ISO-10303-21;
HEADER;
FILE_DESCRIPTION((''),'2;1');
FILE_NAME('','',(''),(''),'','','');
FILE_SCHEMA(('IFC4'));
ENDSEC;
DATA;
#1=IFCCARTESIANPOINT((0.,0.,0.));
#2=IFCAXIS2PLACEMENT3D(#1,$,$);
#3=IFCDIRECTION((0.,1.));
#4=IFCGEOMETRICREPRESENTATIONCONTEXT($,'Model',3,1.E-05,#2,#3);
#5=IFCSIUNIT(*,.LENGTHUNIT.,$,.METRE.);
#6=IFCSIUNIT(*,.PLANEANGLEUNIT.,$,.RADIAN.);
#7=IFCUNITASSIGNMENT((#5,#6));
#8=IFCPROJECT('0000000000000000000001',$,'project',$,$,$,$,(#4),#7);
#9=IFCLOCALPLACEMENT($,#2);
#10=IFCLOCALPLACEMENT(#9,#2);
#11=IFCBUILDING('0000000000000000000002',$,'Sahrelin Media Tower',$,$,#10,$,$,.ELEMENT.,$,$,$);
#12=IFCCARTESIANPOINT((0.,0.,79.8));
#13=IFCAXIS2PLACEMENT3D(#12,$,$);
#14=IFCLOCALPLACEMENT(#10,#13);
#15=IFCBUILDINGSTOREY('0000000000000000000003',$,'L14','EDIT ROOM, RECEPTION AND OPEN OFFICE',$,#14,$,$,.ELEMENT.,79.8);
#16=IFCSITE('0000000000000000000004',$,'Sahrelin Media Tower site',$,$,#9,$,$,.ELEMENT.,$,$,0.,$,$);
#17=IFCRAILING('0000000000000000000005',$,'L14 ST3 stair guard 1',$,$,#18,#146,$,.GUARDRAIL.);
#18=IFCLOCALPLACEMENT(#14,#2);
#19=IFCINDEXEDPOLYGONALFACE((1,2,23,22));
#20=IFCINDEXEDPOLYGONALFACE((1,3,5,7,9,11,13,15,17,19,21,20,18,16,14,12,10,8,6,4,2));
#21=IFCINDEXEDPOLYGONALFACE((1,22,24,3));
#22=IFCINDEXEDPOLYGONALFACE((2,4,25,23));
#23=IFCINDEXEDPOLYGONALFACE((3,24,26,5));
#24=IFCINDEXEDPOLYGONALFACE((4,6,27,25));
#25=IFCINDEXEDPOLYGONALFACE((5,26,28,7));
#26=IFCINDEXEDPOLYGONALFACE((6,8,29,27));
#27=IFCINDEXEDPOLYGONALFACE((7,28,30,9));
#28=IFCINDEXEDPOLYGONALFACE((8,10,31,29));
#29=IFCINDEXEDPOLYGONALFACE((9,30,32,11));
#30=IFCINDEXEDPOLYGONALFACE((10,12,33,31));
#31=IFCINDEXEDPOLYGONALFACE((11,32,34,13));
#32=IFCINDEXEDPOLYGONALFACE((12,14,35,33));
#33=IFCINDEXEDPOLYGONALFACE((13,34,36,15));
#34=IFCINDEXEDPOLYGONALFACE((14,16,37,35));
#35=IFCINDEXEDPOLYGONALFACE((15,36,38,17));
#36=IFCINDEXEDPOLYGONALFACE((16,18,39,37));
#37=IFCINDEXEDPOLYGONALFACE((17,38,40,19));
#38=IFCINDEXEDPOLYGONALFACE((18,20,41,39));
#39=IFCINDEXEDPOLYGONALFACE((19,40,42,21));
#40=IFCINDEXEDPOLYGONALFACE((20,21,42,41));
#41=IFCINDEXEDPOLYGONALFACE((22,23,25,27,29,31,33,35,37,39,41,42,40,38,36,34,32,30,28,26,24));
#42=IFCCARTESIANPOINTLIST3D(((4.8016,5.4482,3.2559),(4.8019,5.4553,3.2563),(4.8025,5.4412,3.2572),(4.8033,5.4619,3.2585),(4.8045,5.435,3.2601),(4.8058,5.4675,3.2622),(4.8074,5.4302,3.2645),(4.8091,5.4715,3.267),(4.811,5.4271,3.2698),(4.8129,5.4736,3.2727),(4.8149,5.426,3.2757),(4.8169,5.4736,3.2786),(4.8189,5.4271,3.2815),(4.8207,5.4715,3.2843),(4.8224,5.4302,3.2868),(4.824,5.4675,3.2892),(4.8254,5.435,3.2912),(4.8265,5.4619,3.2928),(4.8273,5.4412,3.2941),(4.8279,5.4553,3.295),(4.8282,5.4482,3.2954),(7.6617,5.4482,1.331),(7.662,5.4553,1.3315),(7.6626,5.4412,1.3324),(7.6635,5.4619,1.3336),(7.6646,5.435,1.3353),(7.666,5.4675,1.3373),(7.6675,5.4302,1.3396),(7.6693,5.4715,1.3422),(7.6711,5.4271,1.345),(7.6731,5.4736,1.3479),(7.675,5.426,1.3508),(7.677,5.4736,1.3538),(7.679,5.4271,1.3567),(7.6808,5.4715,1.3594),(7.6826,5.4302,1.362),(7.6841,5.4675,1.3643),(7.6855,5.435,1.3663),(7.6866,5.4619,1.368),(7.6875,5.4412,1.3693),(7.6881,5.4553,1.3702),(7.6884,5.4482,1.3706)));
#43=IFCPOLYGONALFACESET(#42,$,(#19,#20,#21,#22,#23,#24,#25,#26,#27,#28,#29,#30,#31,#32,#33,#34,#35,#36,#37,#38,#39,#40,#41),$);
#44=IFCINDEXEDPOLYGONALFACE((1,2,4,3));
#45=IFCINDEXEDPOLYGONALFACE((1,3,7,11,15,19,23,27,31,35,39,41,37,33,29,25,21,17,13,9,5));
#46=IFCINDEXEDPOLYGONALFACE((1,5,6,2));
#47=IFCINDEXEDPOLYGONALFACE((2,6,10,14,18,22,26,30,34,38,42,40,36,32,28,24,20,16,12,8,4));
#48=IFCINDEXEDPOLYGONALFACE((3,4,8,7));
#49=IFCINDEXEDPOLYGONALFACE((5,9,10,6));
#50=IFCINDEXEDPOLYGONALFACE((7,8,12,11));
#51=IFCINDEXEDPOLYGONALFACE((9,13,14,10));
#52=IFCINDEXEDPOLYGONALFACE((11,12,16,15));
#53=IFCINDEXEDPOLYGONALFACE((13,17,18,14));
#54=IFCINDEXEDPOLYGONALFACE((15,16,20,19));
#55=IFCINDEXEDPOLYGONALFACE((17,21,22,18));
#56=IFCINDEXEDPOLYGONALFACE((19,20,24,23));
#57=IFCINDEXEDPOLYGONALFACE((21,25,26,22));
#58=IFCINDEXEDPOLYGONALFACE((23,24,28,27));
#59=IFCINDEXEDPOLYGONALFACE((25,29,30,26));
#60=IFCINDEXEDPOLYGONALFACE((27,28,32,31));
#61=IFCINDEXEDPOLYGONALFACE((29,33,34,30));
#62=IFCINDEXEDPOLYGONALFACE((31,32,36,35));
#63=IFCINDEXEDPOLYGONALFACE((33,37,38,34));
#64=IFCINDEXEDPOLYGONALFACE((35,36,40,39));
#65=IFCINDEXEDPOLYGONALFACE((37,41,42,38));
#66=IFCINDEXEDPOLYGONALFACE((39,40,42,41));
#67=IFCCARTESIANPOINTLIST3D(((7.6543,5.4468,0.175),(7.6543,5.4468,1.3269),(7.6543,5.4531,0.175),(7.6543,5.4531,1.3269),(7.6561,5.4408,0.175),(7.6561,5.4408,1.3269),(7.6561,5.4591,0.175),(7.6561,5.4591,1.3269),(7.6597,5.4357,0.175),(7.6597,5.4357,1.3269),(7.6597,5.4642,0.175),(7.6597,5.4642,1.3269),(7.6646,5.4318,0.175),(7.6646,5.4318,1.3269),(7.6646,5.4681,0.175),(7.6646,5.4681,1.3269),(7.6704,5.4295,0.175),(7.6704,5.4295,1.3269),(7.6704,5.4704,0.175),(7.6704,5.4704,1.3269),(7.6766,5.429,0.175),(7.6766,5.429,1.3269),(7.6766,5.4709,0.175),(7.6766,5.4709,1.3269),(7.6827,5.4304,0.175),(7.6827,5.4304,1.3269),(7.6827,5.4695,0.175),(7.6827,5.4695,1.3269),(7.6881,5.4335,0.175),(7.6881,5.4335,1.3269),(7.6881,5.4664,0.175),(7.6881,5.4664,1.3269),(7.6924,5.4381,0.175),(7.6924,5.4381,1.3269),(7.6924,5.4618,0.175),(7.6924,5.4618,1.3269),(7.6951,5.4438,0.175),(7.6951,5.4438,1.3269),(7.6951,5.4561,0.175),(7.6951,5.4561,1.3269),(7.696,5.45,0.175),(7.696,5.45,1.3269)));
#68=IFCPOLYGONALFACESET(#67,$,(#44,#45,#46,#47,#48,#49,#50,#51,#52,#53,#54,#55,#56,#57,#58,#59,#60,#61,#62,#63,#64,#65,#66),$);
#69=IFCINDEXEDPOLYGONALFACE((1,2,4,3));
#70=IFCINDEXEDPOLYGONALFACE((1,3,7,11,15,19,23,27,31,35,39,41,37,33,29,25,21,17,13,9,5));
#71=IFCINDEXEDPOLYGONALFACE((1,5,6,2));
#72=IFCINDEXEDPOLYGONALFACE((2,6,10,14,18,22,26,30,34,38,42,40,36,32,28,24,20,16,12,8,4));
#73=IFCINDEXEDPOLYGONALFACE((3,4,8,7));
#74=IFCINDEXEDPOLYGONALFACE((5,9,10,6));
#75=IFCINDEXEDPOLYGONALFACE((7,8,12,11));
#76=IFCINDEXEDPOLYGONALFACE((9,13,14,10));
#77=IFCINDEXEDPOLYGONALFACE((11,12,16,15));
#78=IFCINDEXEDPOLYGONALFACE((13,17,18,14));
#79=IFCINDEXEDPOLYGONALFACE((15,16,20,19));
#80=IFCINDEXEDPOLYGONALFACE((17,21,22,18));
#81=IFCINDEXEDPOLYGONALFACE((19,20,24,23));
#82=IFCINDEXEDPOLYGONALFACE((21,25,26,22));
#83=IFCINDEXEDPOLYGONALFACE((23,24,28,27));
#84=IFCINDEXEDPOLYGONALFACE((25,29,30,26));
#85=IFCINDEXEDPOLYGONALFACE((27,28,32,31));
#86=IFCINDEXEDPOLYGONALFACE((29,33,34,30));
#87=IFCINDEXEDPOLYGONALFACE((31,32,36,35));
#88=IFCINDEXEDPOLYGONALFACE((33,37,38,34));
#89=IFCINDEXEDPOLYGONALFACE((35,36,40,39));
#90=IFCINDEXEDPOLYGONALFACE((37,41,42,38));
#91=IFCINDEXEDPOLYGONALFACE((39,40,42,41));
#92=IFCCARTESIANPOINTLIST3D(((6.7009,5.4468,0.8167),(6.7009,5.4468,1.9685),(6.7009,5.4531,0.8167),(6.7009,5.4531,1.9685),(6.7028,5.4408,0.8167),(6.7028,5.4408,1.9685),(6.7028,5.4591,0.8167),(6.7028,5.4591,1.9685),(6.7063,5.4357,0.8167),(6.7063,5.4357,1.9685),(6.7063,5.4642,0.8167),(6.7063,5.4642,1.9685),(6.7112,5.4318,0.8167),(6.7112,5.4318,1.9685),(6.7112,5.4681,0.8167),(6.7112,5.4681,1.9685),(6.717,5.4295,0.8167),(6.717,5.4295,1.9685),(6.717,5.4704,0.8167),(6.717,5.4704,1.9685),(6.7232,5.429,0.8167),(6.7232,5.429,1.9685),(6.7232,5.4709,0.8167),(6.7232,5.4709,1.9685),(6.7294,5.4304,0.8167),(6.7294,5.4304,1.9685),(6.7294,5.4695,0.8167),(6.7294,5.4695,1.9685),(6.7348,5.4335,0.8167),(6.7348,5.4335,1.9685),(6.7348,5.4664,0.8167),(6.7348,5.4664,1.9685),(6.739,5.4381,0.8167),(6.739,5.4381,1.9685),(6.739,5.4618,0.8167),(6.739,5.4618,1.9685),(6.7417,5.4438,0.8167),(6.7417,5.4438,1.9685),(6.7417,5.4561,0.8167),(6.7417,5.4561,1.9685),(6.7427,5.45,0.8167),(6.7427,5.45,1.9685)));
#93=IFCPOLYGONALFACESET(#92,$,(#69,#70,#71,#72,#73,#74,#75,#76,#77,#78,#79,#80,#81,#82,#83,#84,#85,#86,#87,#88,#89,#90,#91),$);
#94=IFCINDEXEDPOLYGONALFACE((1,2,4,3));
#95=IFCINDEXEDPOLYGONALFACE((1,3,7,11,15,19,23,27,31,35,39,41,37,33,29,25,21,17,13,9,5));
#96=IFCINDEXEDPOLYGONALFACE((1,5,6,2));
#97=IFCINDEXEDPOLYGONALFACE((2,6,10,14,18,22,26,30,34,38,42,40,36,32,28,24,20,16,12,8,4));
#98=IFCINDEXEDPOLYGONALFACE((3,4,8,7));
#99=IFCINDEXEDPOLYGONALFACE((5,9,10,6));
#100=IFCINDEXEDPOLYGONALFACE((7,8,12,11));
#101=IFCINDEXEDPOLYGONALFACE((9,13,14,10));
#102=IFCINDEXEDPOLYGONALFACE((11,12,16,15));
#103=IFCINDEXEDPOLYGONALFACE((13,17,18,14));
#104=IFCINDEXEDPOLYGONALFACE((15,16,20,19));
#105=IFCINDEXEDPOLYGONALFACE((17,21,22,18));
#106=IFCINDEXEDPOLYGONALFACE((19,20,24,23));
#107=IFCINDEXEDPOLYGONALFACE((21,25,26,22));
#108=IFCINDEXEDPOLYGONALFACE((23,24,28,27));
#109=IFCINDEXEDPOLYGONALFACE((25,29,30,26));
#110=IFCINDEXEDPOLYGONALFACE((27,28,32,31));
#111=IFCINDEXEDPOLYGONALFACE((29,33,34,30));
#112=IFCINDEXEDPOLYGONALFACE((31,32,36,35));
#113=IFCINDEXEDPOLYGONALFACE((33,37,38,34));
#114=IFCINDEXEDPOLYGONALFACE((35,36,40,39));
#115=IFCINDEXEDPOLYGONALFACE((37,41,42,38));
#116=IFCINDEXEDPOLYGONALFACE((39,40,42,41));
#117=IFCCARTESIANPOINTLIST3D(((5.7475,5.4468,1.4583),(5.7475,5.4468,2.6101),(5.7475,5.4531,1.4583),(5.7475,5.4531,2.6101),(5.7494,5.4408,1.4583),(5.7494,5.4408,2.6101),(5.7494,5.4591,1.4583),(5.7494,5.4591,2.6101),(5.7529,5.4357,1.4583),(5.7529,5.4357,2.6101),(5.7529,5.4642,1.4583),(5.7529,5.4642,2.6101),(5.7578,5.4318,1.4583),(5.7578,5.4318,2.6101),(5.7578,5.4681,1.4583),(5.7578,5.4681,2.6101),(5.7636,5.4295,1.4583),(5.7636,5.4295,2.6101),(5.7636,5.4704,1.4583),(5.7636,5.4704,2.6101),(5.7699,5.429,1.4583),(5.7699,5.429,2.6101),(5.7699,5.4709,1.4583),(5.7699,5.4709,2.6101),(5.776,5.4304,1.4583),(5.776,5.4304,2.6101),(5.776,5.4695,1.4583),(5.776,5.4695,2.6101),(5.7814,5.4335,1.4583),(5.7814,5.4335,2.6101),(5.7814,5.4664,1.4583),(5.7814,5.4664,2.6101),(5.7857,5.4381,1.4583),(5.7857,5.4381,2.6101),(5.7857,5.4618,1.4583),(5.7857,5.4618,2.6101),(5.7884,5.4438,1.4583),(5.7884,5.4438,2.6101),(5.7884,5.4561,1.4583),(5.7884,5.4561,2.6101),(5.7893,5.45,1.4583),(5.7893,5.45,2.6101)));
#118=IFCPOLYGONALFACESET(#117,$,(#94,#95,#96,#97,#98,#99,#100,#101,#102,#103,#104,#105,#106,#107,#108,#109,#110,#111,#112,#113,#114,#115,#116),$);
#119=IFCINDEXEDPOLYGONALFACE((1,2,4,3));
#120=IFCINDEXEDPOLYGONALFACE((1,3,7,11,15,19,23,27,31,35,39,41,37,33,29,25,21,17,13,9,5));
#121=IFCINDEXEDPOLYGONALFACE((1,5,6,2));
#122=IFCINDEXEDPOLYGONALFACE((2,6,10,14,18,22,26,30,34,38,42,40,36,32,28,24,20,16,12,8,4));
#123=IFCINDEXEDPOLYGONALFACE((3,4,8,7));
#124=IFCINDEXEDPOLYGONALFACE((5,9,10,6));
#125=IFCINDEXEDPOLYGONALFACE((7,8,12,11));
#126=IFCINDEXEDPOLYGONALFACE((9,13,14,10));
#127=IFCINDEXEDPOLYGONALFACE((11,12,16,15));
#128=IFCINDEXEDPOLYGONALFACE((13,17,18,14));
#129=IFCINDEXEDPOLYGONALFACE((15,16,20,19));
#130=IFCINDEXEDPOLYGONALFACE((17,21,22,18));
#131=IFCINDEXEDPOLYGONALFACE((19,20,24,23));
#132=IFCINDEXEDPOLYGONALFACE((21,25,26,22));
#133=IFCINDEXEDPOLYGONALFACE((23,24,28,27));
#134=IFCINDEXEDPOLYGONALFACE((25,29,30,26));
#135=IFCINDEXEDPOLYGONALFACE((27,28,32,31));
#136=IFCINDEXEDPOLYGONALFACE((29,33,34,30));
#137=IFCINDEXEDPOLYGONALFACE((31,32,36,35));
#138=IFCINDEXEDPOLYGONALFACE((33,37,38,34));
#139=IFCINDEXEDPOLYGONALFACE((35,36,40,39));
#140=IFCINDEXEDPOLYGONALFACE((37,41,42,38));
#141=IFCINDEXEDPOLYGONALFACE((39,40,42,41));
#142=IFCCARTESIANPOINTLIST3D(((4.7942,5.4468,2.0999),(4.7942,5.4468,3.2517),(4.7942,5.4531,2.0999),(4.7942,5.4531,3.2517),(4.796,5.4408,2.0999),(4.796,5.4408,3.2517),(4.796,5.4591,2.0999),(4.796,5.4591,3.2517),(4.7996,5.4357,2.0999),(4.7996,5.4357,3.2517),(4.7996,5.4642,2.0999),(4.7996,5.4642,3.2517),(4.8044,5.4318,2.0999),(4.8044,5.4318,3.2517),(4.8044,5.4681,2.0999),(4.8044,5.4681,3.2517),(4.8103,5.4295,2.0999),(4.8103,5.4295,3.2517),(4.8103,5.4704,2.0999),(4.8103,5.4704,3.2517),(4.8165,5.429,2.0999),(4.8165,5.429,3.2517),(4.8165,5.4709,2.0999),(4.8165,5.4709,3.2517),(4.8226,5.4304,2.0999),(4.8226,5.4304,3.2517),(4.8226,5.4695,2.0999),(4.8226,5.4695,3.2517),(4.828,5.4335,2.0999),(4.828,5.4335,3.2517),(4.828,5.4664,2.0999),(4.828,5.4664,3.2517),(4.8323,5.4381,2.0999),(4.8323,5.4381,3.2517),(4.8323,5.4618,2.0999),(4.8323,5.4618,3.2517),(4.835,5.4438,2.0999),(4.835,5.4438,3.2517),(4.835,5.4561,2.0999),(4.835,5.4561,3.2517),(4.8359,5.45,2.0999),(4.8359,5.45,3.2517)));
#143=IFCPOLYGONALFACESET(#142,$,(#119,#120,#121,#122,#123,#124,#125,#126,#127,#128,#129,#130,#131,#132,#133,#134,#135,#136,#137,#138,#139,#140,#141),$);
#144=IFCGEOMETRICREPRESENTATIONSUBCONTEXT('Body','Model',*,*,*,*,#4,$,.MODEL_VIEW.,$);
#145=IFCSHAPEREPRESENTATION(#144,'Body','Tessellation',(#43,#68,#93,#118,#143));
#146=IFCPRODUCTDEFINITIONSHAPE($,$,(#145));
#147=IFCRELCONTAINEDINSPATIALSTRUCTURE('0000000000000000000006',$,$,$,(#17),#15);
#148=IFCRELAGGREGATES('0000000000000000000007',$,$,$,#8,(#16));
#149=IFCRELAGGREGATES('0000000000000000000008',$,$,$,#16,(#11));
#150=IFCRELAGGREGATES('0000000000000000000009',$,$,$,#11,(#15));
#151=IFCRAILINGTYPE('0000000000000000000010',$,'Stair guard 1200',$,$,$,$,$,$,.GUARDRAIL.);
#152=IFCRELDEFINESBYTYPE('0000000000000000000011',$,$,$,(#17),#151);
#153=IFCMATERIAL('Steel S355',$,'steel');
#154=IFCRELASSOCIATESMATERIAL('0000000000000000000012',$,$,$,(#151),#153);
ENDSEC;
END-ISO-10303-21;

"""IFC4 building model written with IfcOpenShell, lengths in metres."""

from ifc_helpers import new_model, si_unit, direction, frame, origin, origin_2d, place, context, subcontext, project, spatial, circle, extrude, material, type_object, element, save


model = new_model("IFC4")

# Units and contexts
model_context = context("Model", 3, precision=1e-05, world=origin(), true_north=direction((0.0, 1.0)))
body_context = subcontext(model_context, "Body", "Model", "MODEL_VIEW")
ifc_project = project(units=[si_unit("LENGTHUNIT", "METRE"), si_unit("PLANEANGLEUNIT", "RADIAN")], contexts=[model_context])

# Site, building, storey
site_placement = place(None, origin())
site = spatial("IfcSite", under=ifc_project, at=site_placement, Name="Sahrelin Media Tower site", CompositionType="ELEMENT", RefElevation=0.0)
building_placement = place(site_placement, origin())
building = spatial("IfcBuilding", under=site, at=building_placement, Name="Sahrelin Media Tower", CompositionType="ELEMENT")
storey_placement = place(building_placement, frame((0.0, 0.0, 79.8)))
storey = spatial("IfcBuildingStorey", under=building, at=storey_placement, Name="L14", Description="EDIT ROOM, RECEPTION AND OPEN OFFICE", CompositionType="ELEMENT", Elevation=79.8)

# Shared definitions
ifc_material_1 = material(Name="Steel S355", Category="steel")

# Railing
railing_type_1 = type_object("IfcRailingType", Name="Stair guard 1200", PredefinedType="GUARDRAIL", material=ifc_material_1)
railing_1_placement = place(storey_placement, frame((7.675, 5.45, 0.175)))
element("IfcRailing", 1, at=railing_1_placement, inside=storey, type_object=railing_type_1, Name="L14 ST3 stair guard 1", PredefinedType="GUARDRAIL", context=body_context, shape_type="SweptSolid", body=[
    extrude(circle(Radius=0.0239, at=origin_2d()), frame((0.0, 0.0, 1.1758), z_axis=(-0.829624, 0.0, 0.558323), x_axis=(0.0, -1.0, 0.0)), (0.0, 0.0, 1.0), 3.4475),
    extrude(circle(Radius=0.021, at=origin_2d()), origin(), (0.0, 0.0, 1.0), 1.1519),
    extrude(circle(Radius=0.021, at=origin_2d()), frame((-0.9534, 0.0, 0.6416)), (0.0, 0.0, 1.0), 1.1519),
    extrude(circle(Radius=0.021, at=origin_2d()), frame((-1.9067, 0.0, 1.2832)), (0.0, 0.0, 1.0), 1.1519),
    extrude(circle(Radius=0.021, at=origin_2d()), frame((-2.8601, 0.0, 1.9248)), (0.0, 0.0, 1.0), 1.1519),
])

save(model, "model.ifc")
